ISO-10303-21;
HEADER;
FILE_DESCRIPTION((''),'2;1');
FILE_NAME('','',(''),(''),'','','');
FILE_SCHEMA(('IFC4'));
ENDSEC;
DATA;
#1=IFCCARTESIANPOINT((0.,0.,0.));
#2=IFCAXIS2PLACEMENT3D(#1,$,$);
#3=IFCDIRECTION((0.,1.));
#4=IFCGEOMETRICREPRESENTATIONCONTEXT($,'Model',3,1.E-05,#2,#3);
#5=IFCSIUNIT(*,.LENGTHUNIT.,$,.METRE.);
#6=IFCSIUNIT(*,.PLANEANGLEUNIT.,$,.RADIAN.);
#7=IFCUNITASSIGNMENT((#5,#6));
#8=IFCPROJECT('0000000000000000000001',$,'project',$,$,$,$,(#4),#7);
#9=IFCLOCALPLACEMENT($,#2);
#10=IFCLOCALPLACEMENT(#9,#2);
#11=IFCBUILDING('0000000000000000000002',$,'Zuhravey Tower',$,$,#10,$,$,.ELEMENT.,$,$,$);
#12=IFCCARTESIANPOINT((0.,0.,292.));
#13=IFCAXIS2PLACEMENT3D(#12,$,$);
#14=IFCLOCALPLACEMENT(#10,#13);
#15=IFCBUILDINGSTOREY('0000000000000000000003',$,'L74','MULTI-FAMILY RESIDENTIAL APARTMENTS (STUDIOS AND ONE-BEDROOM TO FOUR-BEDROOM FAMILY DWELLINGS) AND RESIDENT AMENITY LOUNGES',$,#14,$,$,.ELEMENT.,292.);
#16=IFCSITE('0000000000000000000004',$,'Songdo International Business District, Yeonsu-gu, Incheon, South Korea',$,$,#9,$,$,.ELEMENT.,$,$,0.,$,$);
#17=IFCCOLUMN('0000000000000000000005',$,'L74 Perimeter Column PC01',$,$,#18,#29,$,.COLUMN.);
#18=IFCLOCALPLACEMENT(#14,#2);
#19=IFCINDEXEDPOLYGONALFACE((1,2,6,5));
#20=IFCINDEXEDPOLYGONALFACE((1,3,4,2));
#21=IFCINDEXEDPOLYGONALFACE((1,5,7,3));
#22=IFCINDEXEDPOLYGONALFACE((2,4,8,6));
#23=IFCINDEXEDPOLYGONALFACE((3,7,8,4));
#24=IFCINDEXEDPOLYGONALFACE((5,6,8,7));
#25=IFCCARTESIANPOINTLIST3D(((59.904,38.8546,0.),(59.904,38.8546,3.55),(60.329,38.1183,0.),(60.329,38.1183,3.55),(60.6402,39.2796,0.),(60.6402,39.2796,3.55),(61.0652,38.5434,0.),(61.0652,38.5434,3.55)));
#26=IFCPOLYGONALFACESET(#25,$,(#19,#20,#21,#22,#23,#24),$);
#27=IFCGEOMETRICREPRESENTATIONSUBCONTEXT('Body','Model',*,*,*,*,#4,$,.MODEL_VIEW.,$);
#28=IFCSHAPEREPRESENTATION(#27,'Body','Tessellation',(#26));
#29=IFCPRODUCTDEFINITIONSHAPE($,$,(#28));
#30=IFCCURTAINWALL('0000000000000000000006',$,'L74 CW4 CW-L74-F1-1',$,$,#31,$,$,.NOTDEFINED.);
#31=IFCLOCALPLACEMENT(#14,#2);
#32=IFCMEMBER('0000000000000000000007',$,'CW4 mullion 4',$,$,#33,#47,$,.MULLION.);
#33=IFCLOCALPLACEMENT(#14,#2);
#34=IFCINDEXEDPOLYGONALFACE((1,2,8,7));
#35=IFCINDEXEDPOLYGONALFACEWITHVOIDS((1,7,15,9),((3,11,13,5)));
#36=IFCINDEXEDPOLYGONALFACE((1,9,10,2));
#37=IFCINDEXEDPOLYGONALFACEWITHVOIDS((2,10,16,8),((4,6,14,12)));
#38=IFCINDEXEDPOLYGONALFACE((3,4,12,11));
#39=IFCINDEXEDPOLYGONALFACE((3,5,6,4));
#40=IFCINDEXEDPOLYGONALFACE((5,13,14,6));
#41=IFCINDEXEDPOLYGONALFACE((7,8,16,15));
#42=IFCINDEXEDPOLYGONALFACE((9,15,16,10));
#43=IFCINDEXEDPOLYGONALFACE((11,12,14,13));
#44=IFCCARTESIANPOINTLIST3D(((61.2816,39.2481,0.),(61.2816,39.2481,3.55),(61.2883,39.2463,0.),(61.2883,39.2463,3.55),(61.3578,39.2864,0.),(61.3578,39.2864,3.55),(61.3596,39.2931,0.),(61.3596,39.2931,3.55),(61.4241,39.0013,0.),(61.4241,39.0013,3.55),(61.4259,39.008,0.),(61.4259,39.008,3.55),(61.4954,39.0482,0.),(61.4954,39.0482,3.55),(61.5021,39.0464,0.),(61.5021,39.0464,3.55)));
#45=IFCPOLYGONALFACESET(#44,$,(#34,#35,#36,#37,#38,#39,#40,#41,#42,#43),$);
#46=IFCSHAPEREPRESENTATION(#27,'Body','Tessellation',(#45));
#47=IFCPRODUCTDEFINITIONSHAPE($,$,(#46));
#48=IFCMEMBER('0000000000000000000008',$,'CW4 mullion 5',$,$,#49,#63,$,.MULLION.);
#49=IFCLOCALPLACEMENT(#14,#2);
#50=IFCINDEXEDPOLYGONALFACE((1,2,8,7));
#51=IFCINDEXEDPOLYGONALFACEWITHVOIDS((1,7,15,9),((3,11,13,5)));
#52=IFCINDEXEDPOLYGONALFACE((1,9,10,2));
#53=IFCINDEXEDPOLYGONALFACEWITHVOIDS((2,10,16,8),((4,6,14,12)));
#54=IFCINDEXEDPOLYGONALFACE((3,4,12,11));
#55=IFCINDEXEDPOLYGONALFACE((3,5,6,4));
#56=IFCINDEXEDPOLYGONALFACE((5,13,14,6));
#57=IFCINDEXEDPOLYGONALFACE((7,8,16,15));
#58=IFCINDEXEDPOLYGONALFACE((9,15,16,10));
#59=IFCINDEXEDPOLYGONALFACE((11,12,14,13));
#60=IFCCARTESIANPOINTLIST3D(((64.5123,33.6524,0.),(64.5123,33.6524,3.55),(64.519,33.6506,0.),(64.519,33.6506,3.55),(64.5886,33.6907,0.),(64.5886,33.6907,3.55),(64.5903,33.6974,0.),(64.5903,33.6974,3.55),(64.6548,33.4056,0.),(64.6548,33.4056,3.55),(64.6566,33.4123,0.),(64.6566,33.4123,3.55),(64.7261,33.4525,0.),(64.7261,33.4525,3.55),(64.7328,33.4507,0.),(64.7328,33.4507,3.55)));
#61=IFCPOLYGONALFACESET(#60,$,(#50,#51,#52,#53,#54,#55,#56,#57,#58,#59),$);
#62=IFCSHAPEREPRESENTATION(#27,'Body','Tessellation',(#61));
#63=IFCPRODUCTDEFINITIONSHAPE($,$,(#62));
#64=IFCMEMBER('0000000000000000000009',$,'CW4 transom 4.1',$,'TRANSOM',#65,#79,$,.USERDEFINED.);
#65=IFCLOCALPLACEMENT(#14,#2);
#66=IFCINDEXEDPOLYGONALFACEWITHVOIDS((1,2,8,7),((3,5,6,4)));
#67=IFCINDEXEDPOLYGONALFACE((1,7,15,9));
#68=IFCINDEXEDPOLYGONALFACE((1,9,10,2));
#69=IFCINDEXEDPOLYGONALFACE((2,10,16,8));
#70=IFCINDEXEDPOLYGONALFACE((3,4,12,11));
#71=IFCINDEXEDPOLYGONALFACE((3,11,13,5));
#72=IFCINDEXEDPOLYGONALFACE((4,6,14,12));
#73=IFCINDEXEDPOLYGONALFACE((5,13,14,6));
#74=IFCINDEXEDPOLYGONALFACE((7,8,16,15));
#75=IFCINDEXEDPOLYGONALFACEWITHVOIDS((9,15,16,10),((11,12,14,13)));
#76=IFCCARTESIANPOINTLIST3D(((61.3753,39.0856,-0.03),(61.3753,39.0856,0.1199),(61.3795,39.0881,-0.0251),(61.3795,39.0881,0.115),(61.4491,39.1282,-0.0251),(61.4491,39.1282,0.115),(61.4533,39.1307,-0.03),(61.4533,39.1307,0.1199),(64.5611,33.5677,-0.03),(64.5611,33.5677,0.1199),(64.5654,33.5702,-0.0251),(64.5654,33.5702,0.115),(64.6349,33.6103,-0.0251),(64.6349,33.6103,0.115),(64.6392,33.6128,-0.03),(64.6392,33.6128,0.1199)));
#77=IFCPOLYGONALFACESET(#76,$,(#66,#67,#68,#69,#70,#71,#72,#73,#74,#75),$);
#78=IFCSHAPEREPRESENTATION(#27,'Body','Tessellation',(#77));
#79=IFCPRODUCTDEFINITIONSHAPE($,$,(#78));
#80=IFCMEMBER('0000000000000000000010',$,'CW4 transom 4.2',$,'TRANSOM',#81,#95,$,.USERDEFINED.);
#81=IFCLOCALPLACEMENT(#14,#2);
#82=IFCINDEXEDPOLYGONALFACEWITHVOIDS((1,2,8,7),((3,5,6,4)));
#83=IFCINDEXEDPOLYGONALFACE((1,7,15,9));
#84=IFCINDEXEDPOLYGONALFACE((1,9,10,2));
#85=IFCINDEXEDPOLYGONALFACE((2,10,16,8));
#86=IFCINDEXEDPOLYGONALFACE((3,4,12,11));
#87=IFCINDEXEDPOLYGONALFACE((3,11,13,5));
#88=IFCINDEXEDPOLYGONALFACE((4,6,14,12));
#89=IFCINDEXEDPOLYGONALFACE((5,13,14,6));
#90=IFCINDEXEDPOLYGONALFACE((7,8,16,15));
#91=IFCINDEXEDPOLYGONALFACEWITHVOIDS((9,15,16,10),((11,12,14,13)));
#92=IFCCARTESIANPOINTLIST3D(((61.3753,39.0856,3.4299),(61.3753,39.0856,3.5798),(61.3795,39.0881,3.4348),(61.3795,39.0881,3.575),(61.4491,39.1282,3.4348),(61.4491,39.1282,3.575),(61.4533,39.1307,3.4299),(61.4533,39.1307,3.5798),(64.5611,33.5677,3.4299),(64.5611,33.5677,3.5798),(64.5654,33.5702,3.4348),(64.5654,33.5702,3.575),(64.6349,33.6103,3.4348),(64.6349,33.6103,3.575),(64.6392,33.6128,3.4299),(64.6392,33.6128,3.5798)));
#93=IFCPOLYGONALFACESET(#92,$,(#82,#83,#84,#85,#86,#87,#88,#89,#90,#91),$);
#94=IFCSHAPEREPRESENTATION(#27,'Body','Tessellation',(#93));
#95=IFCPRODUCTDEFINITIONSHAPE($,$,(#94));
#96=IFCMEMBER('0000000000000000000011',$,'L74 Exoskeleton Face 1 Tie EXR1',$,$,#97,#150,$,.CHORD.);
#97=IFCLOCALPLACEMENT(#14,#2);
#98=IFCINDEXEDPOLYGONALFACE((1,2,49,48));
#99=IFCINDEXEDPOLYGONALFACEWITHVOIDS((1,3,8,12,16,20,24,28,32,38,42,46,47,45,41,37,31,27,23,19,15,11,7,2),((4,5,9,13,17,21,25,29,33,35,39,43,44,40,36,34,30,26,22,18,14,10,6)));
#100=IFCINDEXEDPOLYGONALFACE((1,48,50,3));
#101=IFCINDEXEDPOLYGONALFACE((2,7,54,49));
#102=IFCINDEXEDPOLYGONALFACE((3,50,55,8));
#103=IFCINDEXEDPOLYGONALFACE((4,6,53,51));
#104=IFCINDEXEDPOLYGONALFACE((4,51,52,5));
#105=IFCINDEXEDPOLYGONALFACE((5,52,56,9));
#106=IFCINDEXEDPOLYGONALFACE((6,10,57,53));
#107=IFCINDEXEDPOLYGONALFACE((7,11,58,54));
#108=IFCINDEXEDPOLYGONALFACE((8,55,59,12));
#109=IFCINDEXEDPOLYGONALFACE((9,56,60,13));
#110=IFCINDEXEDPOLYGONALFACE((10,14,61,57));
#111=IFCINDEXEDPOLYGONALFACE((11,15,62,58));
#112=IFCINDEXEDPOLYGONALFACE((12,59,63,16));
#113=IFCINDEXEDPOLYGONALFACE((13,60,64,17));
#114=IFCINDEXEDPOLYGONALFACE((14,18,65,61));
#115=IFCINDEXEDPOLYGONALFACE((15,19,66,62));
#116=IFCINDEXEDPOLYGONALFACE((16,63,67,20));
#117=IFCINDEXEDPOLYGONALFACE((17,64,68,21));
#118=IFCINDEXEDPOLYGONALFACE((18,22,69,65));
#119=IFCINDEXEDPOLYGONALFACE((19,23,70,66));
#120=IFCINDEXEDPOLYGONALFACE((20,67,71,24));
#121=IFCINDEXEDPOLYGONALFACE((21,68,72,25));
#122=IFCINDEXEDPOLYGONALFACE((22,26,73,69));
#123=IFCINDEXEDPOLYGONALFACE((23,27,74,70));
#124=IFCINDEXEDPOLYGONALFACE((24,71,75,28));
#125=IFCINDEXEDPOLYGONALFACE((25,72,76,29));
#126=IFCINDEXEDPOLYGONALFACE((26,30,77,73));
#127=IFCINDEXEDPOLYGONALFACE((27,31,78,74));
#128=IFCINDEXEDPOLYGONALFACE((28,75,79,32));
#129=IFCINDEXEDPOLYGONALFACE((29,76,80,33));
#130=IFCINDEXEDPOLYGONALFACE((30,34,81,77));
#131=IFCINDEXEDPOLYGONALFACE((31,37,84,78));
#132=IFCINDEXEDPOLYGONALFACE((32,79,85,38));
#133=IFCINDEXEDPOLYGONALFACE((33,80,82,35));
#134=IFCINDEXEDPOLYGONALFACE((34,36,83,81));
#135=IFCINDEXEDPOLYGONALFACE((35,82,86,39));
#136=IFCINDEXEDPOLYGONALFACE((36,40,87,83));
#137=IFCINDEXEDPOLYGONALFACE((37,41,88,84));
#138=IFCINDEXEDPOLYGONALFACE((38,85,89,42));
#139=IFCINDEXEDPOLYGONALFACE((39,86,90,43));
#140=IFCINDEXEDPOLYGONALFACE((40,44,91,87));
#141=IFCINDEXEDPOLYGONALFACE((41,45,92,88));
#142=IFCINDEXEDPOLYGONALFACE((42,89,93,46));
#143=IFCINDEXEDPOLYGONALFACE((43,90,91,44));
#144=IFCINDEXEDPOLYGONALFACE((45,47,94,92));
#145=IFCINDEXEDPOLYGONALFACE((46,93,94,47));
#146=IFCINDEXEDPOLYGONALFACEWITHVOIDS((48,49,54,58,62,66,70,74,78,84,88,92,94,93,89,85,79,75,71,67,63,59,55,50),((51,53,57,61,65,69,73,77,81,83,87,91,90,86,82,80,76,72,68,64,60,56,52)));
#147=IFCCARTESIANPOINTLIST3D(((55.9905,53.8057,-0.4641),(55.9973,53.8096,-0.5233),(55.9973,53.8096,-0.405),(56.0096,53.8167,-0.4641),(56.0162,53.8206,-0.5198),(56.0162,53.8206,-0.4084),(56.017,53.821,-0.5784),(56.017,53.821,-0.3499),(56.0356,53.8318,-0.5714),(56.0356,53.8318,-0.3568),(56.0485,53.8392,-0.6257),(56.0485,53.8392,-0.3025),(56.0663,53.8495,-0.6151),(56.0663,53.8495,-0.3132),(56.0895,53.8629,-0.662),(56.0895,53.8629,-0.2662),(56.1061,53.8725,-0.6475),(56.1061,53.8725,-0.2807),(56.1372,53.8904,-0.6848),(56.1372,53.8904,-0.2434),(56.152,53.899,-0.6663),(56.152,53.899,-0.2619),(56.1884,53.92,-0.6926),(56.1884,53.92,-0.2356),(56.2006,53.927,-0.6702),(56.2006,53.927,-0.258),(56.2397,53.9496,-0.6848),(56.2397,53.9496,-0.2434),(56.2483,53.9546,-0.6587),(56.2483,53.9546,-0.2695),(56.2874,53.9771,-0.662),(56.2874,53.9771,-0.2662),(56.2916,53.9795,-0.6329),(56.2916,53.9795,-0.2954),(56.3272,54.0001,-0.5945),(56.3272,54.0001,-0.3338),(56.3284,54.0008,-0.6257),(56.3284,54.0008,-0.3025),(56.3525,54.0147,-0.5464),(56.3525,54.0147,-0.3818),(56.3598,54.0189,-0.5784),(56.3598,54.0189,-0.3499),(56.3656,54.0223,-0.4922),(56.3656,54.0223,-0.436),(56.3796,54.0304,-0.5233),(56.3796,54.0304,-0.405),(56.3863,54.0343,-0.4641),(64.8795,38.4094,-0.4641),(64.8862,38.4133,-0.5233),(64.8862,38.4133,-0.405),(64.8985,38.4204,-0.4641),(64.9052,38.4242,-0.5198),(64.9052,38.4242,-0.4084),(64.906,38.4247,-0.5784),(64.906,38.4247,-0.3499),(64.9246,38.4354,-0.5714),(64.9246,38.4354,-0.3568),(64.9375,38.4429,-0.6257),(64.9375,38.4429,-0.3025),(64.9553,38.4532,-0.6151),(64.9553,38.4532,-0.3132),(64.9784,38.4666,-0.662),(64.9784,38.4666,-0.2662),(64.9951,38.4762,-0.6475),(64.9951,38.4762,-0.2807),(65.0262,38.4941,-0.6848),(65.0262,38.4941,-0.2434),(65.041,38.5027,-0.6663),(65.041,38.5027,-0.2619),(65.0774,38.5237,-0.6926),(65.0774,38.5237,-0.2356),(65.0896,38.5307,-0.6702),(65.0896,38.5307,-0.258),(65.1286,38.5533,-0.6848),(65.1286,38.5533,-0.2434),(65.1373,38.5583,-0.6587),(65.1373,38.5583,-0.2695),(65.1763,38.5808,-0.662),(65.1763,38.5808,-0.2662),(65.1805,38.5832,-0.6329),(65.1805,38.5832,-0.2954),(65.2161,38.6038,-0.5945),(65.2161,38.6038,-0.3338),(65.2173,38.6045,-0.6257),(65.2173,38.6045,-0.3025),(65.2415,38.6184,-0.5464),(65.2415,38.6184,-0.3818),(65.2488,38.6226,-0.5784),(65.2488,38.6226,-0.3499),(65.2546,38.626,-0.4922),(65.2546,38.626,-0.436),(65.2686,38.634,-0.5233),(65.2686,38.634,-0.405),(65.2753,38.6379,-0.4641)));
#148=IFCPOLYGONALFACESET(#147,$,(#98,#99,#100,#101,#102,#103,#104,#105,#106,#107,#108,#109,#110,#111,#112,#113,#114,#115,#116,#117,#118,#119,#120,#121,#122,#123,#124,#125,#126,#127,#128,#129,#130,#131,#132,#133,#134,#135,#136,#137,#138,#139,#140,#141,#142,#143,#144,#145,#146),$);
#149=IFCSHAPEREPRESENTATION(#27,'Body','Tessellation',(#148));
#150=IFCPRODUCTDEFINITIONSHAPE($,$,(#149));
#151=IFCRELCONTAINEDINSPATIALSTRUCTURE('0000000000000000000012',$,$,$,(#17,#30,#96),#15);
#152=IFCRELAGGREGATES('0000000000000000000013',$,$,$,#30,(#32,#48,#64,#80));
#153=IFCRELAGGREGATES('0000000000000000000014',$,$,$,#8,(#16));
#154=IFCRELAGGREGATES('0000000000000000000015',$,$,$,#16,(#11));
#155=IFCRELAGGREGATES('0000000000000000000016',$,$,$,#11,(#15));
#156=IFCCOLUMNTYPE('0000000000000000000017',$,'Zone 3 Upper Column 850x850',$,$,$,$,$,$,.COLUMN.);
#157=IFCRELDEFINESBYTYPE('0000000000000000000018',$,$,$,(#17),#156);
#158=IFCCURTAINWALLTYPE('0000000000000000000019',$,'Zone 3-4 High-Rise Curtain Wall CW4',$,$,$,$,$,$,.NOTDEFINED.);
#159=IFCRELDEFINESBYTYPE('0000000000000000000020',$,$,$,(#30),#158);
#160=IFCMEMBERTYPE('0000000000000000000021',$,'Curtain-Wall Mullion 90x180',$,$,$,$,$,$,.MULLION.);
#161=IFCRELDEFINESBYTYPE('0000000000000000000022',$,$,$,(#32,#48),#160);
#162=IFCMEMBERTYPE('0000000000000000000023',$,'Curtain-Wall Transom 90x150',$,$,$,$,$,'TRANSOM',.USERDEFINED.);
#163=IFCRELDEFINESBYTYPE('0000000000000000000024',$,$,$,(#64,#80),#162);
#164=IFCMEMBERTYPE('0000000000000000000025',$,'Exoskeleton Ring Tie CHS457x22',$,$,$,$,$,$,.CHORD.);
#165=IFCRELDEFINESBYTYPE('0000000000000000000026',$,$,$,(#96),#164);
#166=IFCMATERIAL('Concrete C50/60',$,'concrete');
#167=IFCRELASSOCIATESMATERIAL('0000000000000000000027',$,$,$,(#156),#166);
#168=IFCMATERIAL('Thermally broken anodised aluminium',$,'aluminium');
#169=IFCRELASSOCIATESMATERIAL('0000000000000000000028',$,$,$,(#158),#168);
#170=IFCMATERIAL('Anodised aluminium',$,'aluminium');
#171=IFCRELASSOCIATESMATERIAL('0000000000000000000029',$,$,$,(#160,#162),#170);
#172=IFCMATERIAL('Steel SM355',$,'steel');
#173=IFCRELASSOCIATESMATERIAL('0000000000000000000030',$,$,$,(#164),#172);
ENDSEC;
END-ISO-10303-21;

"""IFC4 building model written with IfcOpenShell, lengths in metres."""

from ifc_helpers import new_model, si_unit, direction, frame, origin, origin_2d, place, context, subcontext, project, spatial, rectangle, hollow_rectangle, hollow_circle, extrude, material, material_profile, profile_set, type_object, element, aggregate, save


model = new_model("IFC4")

# Units and contexts
model_context = context("Model", 3, precision=1e-05, world=origin(), true_north=direction((0.0, 1.0)))
body_context = subcontext(model_context, "Body", "Model", "MODEL_VIEW")
ifc_project = project(units=[si_unit("LENGTHUNIT", "METRE"), si_unit("PLANEANGLEUNIT", "RADIAN")], contexts=[model_context])

# Site, building, storey
site_placement = place(None, origin())
site = spatial("IfcSite", under=ifc_project, at=site_placement, Name="Songdo International Business District, Yeonsu-gu, Incheon, South Korea", CompositionType="ELEMENT", RefElevation=0.0)
building_placement = place(site_placement, origin())
building = spatial("IfcBuilding", under=site, at=building_placement, Name="Zuhravey Tower", CompositionType="ELEMENT")
storey_placement = place(building_placement, frame((0.0, 0.0, 292.0)))
storey = spatial("IfcBuildingStorey", under=building, at=storey_placement, Name="L74", Description="MULTI-FAMILY RESIDENTIAL APARTMENTS (STUDIOS AND ONE-BEDROOM TO FOUR-BEDROOM FAMILY DWELLINGS) AND RESIDENT AMENITY LOUNGES", CompositionType="ELEMENT", Elevation=292.0)

# Column
ifc_material_1 = material(Name="Concrete C50/60", Category="concrete")
ifc_material_profile_1 = material_profile(ifc_material_1, rectangle(XDim=0.8501, YDim=0.8501, at=origin_2d()), Name="RC-850x850")
ifc_profile_set_1 = profile_set([ifc_material_profile_1], Name="Concrete C50/60")
column_type = type_object("IfcColumnType", Name="Zone 3 Upper Column 850x850", PredefinedType="COLUMN", material=ifc_profile_set_1)
column_placement = place(storey_placement, frame((60.4846, 38.699, 0.0), z_axis=(0.0, 0.0, 1.0), x_axis=(-0.5, 0.866025, 0.0)))
element("IfcColumn", 1, at=column_placement, inside=storey, type_object=column_type, Name="L74 Perimeter Column PC01", PredefinedType="COLUMN", context=body_context, shape_type="SweptSolid", body=[
    extrude(rectangle(XDim=0.8501, YDim=0.8501, at=origin_2d()), origin(), (0.0, 0.0, 1.0), 3.55),
])

# Curtain wall, members
ifc_material_2 = material(Name="Thermally broken anodised aluminium", Category="aluminium")
curtain_wall_type = type_object("IfcCurtainWallType", Name="Zone 3-4 High-Rise Curtain Wall CW4", PredefinedType="NOTDEFINED", material=ifc_material_2)
curtain_wall_placement = place(storey_placement, origin())
curtain_wall = element("IfcCurtainWall", 2, at=curtain_wall_placement, inside=storey, type_object=curtain_wall_type, Name="L74 CW4 CW-L74-F1-1", PredefinedType="NOTDEFINED")
ifc_material_3 = material(Name="Anodised aluminium", Category="aluminium")
ifc_material_profile_2 = material_profile(ifc_material_3, hollow_rectangle(XDim=0.0901, YDim=0.2849, WallThickness=0.0049, at=origin_2d()), Name="ALU-RHS-90x285x5")
ifc_profile_set_2 = profile_set([ifc_material_profile_2], Name="Anodised aluminium")
member_type_1 = type_object("IfcMemberType", Name="Curtain-Wall Mullion 90x180", PredefinedType="MULLION", material=ifc_profile_set_2)
member_1_placement = place(storey_placement, frame((61.3918, 39.1472, 0.0), z_axis=(0.0, 0.0, 1.0), x_axis=(0.866025, 0.500001, 0.0)))
member_1 = element("IfcMember", 3, at=member_1_placement, type_object=member_type_1, Name="CW4 mullion 4", PredefinedType="MULLION", context=body_context, shape_type="SweptSolid", body=[
    extrude(hollow_rectangle(XDim=0.0901, YDim=0.2849, WallThickness=0.0049, at=origin_2d()), origin(), (0.0, 0.0, 1.0), 3.55),
])
member_2_placement = place(storey_placement, frame((64.6226, 33.5515, 0.0), z_axis=(0.0, 0.0, 1.0), x_axis=(0.866025, 0.500001, 0.0)))
member_2 = element("IfcMember", 4, at=member_2_placement, type_object=member_type_1, Name="CW4 mullion 5", PredefinedType="MULLION", context=body_context, shape_type="SweptSolid", body=[
    extrude(hollow_rectangle(XDim=0.0901, YDim=0.2849, WallThickness=0.0049, at=origin_2d()), origin(), (0.0, 0.0, 1.0), 3.55),
])
ifc_material_profile_3 = material_profile(ifc_material_3, hollow_rectangle(XDim=0.0901, YDim=0.1499, WallThickness=0.0049, at=origin_2d()), Name="ALU-RHS-90x150x5")
ifc_profile_set_3 = profile_set([ifc_material_profile_3], Name="Anodised aluminium")
member_type_2 = type_object("IfcMemberType", Name="Curtain-Wall Transom 90x150", ElementType="TRANSOM", PredefinedType="USERDEFINED", material=ifc_profile_set_3)
member_3_placement = place(storey_placement, frame((61.4143, 39.1082, 0.0449), z_axis=(0.500009, -0.86602, 0.0), x_axis=(0.86602, 0.500009, 0.0)))
member_3 = element("IfcMember", 5, at=member_3_placement, type_object=member_type_2, Name="CW4 transom 4.1", ObjectType="TRANSOM", PredefinedType="USERDEFINED", context=body_context, shape_type="SweptSolid", body=[
    extrude(hollow_rectangle(XDim=0.0901, YDim=0.1499, WallThickness=0.0049, at=origin_2d()), origin(), (0.0, 0.0, 1.0), 6.3716),
])
member_4_placement = place(storey_placement, frame((61.4143, 39.1082, 3.5049), z_axis=(0.500009, -0.86602, 0.0), x_axis=(0.86602, 0.500009, 0.0)))
member_4 = element("IfcMember", 6, at=member_4_placement, type_object=member_type_2, Name="CW4 transom 4.2", ObjectType="TRANSOM", PredefinedType="USERDEFINED", context=body_context, shape_type="SweptSolid", body=[
    extrude(hollow_rectangle(XDim=0.0901, YDim=0.1499, WallThickness=0.0049, at=origin_2d()), origin(), (0.0, 0.0, 1.0), 6.3716),
])

# Member
ifc_material_4 = material(Name="Steel SM355", Category="steel")
ifc_material_profile_4 = material_profile(ifc_material_4, hollow_circle(Radius=0.2285, WallThickness=0.022, at=origin_2d()), Name="CHS-457.2x22")
ifc_profile_set_4 = profile_set([ifc_material_profile_4], Name="Steel SM355")
member_type_3 = type_object("IfcMemberType", Name="Exoskeleton Ring Tie CHS457x22", PredefinedType="CHORD", material=ifc_profile_set_4)
member_5_placement = place(storey_placement, frame((65.0774, 38.5237, -0.4641), z_axis=(-0.499995, 0.866028, 0.0), x_axis=(-0.866028, -0.499995, 0.0)))
element("IfcMember", 7, at=member_5_placement, inside=storey, type_object=member_type_3, Name="L74 Exoskeleton Face 1 Tie EXR1", PredefinedType="CHORD", context=body_context, shape_type="SweptSolid", body=[
    extrude(hollow_circle(Radius=0.2285, WallThickness=0.022, at=origin_2d()), origin(), (0.0, 0.0, 1.0), 17.7781),
])

aggregate(curtain_wall, [member_1, member_2, member_3, member_4])

save(model, "model.ifc")
